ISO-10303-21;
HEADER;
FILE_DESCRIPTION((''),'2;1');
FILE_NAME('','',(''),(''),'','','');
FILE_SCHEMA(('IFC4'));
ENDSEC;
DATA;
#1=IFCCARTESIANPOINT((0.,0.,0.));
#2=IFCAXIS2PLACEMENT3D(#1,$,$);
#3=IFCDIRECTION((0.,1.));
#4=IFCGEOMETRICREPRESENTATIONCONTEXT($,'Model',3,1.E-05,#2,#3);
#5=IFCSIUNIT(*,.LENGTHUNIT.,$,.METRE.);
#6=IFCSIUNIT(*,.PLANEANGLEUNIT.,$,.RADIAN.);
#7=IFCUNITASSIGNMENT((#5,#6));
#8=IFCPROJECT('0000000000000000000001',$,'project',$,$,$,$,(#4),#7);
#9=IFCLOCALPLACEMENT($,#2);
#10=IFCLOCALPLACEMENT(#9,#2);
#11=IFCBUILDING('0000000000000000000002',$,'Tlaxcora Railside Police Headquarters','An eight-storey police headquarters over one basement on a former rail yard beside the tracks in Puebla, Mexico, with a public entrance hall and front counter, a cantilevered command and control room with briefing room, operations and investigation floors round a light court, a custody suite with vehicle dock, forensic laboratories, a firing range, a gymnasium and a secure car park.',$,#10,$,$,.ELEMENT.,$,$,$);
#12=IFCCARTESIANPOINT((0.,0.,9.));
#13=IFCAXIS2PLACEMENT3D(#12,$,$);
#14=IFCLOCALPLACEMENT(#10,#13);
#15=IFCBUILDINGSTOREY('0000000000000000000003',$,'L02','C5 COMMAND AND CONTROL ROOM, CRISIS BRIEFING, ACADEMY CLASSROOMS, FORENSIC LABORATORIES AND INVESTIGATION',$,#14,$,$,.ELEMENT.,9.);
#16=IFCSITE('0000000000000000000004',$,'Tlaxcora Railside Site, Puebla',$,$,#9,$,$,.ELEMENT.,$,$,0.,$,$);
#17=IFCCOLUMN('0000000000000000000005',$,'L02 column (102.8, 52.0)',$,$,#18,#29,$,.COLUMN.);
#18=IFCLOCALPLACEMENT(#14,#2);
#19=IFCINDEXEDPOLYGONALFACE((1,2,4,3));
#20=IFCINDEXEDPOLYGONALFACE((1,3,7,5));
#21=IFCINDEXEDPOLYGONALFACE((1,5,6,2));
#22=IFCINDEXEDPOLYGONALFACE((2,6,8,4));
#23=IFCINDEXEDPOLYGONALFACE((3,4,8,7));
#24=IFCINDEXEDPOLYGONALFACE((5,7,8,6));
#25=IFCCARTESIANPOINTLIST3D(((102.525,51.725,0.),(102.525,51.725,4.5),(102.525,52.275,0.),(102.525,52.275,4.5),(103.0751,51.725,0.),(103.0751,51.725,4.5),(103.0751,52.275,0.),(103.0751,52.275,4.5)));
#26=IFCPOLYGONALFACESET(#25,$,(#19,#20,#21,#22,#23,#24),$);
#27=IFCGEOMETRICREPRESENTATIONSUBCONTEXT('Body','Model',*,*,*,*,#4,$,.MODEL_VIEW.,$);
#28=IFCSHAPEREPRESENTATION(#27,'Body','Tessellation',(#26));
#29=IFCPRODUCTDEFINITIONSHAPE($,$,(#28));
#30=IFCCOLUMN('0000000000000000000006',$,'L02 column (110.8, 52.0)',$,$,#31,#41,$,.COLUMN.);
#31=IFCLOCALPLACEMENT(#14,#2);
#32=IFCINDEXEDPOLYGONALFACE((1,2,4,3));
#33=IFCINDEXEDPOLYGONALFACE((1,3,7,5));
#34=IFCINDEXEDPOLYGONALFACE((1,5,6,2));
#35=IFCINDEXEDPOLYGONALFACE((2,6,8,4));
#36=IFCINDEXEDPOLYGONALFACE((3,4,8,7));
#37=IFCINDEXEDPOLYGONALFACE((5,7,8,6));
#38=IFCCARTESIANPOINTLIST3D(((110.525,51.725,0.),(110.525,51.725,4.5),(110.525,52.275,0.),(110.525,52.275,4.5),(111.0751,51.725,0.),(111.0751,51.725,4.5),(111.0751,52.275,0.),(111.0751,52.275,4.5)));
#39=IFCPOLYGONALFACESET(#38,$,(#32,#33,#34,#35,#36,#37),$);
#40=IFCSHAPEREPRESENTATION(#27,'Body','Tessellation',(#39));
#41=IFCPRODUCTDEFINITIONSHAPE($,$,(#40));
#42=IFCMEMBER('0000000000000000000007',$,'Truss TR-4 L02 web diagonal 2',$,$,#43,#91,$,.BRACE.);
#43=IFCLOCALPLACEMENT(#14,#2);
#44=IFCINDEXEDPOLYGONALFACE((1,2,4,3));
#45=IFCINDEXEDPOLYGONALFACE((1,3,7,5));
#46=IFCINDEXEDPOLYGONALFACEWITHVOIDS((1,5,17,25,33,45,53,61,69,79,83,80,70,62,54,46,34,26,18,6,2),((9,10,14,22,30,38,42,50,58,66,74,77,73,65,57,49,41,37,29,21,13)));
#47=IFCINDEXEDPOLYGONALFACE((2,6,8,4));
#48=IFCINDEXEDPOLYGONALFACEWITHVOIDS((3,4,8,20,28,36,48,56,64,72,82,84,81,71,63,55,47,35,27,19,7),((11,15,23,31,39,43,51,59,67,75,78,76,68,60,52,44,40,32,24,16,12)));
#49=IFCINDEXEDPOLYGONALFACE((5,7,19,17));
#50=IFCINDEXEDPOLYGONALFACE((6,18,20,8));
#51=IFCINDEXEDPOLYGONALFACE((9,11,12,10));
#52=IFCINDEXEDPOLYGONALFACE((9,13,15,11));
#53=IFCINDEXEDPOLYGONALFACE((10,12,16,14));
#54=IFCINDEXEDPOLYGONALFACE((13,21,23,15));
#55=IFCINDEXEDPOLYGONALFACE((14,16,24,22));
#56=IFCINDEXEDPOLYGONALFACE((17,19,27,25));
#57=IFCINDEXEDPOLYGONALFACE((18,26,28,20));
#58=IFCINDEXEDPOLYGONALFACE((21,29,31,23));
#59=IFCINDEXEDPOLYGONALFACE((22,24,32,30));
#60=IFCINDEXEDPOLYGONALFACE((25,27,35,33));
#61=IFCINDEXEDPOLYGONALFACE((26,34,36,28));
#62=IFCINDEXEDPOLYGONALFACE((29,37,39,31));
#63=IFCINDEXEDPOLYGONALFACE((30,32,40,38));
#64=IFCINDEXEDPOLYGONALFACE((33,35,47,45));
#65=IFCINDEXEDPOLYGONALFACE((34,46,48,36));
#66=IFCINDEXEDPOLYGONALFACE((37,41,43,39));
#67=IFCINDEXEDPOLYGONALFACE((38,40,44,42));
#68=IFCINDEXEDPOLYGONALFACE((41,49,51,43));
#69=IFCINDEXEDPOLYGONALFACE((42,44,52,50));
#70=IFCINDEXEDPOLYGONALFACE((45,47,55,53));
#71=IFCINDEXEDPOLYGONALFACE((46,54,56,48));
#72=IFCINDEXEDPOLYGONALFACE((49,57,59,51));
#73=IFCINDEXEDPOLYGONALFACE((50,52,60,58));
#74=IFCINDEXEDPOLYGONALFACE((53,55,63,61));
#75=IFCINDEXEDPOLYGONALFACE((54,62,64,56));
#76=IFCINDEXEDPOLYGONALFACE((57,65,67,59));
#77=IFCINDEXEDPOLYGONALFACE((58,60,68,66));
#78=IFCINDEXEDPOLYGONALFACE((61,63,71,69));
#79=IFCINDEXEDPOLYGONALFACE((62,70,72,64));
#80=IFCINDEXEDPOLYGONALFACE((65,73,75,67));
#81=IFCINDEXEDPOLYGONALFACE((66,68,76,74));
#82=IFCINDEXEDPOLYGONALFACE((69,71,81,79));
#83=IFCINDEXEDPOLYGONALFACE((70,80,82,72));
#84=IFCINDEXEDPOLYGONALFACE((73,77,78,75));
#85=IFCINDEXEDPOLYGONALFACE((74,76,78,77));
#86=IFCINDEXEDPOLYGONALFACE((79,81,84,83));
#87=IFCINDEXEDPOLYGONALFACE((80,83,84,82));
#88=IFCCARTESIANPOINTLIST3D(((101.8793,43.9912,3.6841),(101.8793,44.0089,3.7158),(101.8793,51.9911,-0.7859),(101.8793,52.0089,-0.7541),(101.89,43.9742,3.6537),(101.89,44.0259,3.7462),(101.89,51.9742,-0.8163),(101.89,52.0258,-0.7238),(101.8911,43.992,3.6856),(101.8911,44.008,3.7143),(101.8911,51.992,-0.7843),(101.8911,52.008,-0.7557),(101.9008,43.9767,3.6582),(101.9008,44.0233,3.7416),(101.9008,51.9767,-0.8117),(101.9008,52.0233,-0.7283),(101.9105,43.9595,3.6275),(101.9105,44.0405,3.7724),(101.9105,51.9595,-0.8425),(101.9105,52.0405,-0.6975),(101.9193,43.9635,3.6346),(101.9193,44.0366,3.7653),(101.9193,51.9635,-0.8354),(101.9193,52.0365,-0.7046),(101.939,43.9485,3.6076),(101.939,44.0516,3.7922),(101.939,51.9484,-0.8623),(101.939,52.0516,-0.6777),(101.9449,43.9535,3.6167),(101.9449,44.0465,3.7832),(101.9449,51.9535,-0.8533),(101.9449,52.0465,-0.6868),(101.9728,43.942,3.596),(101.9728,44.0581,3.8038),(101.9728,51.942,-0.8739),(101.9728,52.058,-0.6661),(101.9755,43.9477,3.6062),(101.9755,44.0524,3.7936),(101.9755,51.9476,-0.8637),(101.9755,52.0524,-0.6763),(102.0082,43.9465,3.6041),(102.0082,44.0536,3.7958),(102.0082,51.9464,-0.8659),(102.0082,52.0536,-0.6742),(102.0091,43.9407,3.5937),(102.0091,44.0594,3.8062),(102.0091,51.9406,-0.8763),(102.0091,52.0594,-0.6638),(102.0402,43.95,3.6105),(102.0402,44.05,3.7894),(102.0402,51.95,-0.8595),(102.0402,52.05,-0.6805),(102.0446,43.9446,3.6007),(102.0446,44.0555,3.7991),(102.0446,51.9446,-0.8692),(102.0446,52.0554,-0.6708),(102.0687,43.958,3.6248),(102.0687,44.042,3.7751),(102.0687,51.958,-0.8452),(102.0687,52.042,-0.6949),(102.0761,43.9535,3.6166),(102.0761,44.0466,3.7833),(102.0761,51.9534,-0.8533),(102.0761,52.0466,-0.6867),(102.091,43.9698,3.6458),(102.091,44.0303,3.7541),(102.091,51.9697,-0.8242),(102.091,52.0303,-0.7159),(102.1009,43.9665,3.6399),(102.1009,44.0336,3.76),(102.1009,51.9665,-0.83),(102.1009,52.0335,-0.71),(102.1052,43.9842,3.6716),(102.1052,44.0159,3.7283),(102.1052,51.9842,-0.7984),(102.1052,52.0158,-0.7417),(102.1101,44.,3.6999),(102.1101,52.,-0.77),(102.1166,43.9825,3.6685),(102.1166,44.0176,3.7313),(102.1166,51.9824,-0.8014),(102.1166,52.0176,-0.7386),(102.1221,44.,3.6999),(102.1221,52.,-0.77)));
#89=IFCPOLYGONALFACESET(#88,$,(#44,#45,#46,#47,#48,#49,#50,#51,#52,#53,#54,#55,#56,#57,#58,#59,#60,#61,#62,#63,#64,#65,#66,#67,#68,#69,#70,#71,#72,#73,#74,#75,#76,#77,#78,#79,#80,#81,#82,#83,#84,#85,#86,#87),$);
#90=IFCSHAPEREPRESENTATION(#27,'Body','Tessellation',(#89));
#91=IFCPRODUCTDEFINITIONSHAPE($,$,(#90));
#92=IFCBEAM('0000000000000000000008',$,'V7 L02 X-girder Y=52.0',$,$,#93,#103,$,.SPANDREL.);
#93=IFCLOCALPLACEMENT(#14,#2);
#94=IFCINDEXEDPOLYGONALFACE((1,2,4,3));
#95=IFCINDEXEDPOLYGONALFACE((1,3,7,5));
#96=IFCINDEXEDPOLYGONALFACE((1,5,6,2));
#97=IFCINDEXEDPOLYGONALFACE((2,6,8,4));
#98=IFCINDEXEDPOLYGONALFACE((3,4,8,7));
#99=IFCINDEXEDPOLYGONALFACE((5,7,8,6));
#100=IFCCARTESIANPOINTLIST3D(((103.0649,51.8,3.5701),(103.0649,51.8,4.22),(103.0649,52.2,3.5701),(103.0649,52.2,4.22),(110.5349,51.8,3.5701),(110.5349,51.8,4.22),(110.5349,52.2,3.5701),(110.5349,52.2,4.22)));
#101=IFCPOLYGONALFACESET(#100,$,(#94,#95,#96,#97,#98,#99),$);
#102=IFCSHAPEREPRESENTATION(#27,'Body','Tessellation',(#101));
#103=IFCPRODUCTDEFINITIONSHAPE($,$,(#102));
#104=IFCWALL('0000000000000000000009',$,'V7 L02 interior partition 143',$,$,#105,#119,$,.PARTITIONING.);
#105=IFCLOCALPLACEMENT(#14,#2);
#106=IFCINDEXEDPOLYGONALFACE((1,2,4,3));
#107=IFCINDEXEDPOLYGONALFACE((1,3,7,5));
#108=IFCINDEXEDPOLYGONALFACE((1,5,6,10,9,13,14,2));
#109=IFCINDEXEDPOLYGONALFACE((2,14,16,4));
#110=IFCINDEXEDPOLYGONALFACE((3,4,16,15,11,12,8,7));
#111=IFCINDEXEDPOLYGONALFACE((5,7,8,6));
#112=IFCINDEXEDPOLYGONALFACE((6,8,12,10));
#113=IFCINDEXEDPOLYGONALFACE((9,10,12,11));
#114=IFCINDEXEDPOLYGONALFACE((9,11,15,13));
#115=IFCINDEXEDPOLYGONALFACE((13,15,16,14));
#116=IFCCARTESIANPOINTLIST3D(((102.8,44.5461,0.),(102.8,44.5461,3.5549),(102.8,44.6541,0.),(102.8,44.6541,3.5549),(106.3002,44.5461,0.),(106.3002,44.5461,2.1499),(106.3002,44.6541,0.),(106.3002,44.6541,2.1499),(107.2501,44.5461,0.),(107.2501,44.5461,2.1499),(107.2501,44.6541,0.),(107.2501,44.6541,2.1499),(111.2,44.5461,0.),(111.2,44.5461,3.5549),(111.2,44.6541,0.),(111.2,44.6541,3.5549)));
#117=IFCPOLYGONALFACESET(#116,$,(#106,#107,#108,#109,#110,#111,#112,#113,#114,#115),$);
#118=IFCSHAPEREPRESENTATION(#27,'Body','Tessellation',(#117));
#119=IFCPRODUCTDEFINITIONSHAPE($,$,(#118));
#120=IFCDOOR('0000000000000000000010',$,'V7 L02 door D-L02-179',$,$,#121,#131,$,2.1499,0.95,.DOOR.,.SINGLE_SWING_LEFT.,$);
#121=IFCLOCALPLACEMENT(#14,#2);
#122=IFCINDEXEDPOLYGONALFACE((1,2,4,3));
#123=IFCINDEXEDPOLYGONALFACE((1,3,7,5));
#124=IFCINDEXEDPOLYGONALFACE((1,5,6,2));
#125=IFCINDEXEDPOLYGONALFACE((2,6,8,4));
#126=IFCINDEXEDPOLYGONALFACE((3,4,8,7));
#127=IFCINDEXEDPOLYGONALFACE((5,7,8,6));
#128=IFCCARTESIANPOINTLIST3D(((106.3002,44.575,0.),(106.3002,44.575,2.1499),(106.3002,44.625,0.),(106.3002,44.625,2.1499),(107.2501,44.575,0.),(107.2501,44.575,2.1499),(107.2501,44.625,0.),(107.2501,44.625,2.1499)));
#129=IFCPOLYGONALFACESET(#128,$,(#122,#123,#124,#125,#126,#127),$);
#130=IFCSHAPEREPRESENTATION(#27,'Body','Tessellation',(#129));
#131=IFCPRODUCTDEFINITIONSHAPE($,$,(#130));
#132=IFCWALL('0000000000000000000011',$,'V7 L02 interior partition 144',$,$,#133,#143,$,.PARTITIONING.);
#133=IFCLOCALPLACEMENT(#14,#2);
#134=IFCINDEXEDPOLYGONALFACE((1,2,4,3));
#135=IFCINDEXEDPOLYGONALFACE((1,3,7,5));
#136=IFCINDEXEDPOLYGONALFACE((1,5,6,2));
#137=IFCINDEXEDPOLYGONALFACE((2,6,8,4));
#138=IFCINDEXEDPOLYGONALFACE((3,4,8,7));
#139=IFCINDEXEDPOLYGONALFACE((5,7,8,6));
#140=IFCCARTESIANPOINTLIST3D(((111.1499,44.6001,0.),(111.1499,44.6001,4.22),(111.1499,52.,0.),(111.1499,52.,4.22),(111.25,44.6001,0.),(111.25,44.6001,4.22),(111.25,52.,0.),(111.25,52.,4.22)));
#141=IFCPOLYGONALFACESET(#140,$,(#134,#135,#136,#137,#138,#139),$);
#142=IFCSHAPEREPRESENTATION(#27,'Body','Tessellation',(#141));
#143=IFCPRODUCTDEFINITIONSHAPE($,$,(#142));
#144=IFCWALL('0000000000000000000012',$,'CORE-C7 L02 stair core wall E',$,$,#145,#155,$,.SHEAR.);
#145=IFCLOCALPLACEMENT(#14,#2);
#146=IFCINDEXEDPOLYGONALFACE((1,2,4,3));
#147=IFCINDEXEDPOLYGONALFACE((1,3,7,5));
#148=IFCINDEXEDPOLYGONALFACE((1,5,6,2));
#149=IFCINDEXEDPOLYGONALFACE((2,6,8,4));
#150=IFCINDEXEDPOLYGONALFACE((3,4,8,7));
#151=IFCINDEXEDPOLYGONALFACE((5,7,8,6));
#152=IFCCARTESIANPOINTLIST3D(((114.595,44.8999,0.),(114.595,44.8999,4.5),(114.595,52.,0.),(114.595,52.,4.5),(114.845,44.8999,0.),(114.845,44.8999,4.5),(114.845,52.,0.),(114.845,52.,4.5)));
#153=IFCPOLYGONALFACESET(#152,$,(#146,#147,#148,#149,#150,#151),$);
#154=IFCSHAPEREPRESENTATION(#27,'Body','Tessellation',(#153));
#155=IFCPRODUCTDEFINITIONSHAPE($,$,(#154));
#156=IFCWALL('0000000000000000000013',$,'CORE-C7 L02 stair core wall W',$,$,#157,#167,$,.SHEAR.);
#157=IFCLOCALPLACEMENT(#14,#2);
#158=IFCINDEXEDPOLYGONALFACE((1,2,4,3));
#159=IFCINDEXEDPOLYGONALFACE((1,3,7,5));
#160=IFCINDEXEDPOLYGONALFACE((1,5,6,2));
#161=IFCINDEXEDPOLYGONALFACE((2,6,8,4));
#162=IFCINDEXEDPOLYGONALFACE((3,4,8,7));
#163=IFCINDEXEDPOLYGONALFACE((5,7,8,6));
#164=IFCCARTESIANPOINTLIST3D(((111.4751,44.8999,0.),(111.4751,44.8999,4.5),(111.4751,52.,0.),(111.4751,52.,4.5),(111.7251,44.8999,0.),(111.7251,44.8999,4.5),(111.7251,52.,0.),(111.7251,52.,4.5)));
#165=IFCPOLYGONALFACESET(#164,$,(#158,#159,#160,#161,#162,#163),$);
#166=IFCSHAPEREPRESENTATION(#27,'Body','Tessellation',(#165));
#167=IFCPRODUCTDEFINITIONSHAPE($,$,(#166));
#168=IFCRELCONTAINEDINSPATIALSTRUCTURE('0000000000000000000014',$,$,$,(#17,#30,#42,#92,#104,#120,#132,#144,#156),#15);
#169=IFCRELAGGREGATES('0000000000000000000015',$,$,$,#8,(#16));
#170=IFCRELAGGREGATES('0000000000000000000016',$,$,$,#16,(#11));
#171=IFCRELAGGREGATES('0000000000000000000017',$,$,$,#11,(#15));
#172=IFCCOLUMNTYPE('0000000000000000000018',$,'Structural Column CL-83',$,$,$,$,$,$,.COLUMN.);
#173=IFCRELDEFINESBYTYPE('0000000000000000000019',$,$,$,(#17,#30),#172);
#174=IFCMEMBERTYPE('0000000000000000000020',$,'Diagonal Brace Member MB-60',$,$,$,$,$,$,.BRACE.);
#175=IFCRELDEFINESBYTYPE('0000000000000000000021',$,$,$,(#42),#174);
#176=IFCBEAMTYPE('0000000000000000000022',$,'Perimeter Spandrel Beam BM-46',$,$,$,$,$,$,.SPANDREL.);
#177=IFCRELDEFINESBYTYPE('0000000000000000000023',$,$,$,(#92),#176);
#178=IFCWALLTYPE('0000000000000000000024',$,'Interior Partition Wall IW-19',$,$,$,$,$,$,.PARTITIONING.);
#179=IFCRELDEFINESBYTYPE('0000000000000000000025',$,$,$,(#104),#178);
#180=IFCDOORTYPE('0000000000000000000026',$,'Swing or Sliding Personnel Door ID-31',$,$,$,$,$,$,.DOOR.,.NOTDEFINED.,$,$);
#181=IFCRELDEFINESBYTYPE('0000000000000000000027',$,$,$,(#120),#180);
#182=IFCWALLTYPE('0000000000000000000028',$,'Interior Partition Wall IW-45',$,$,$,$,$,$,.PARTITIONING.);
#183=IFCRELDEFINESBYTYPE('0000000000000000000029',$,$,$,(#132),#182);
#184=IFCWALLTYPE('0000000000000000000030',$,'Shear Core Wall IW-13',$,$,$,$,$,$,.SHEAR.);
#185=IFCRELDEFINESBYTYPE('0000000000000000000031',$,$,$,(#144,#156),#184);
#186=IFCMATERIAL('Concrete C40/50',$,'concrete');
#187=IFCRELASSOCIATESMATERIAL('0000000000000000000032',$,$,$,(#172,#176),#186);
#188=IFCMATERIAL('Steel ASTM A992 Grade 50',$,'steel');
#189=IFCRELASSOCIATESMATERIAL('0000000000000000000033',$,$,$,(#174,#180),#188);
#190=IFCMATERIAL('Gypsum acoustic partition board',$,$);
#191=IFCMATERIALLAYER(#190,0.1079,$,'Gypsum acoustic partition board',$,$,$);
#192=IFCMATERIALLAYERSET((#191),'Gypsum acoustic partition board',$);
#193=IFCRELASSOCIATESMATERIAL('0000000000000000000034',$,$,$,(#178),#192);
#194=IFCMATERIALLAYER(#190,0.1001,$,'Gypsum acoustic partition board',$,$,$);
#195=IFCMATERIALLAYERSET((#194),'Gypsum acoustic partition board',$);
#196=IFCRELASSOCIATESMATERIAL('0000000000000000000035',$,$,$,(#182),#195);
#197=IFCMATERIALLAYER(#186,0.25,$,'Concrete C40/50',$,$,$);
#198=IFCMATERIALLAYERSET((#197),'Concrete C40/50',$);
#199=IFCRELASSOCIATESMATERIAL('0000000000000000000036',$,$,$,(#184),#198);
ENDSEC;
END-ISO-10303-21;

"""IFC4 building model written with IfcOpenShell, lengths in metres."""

from ifc_helpers import new_model, si_unit, direction, frame, frame_2d, origin, origin_2d, place, context, subcontext, project, spatial, rectangle, hollow_circle, extrude, material, layer, layer_set, material_profile, profile_set, type_object, element, fill, save


model = new_model("IFC4")

# Units and contexts
model_context = context("Model", 3, precision=1e-05, world=origin(), true_north=direction((0.0, 1.0)))
body_context = subcontext(model_context, "Body", "Model", "MODEL_VIEW")
ifc_project = project(units=[si_unit("LENGTHUNIT", "METRE"), si_unit("PLANEANGLEUNIT", "RADIAN")], contexts=[model_context])

# Site, building, storey
site_placement = place(None, origin())
site = spatial("IfcSite", under=ifc_project, at=site_placement, Name="Tlaxcora Railside Site, Puebla", CompositionType="ELEMENT", RefElevation=0.0)
building_placement = place(site_placement, origin())
building = spatial("IfcBuilding", under=site, at=building_placement, Name="Tlaxcora Railside Police Headquarters", Description="An eight-storey police headquarters over one basement on a former rail yard beside the tracks in Puebla, Mexico, with a public entrance hall and front counter, a cantilevered command and control room with briefing room, operations and investigation floors round a light court, a custody suite with vehicle dock, forensic laboratories, a firing range, a gymnasium and a secure car park.", CompositionType="ELEMENT")
storey_placement = place(building_placement, frame((0.0, 0.0, 9.0)))
storey = spatial("IfcBuildingStorey", under=building, at=storey_placement, Name="L02", Description="C5 COMMAND AND CONTROL ROOM, CRISIS BRIEFING, ACADEMY CLASSROOMS, FORENSIC LABORATORIES AND INVESTIGATION", CompositionType="ELEMENT", Elevation=9.0)

# Columns
ifc_material_1 = material(Name="Concrete C40/50", Category="concrete")
ifc_material_profile_1 = material_profile(ifc_material_1, rectangle(XDim=0.55, YDim=0.55, at=origin_2d()), Name="RC550X550")
ifc_profile_set_1 = profile_set([ifc_material_profile_1], Name="Concrete C40/50")
column_type = type_object("IfcColumnType", Name="Structural Column CL-83", PredefinedType="COLUMN", material=ifc_profile_set_1)
for number, where, z_axis, x_axis, name in (
    (1, (102.8, 52.0, 0.0), (0.0, 0.0, 1.0), (1.0, 0.0, 0.0), "L02 column (102.8, 52.0)"),
    (2, (110.8, 52.0, 0.0), (0.0, 0.0, 1.0), (1.0, 0.0, 0.0), "L02 column (110.8, 52.0)"),
):
    element("IfcColumn", number, at=place(storey_placement, frame(where, z_axis=z_axis, x_axis=x_axis)), inside=storey, type_object=column_type, Name=name, PredefinedType="COLUMN", context=body_context, shape_type="SweptSolid", body=[
        extrude(rectangle(XDim=0.55, YDim=0.55, at=origin_2d()), origin(), (0.0, 0.0, 1.0), 4.5),
    ])

# Member
ifc_material_2 = material(Name="Steel ASTM A992 Grade 50", Category="steel")
ifc_material_profile_2 = material_profile(ifc_material_2, hollow_circle(Radius=0.1221, WallThickness=0.012, at=origin_2d()), Name="CHS244X12")
ifc_profile_set_2 = profile_set([ifc_material_profile_2], Name="Steel ASTM A992 Grade 50")
member_type = type_object("IfcMemberType", Name="Diagonal Brace Member MB-60", PredefinedType="BRACE", material=ifc_profile_set_2)
member_placement = place(storey_placement, frame((102.0, 52.0, -0.77), z_axis=(0.0, -0.872972, 0.48777), x_axis=(1.0, 0.0, 0.0)))
element("IfcMember", 3, at=member_placement, inside=storey, type_object=member_type, Name="Truss TR-4 L02 web diagonal 2", PredefinedType="BRACE", context=body_context, shape_type="SweptSolid", body=[
    extrude(hollow_circle(Radius=0.1221, WallThickness=0.012, at=origin_2d()), origin(), (0.0, 0.0, 1.0), 9.1641),
])

# Beam
ifc_material_profile_3 = material_profile(ifc_material_1, rectangle(XDim=0.3999, YDim=0.6499, at=origin_2d()), Name="RC400X650")
ifc_profile_set_3 = profile_set([ifc_material_profile_3], Name="Concrete C40/50")
beam_type = type_object("IfcBeamType", Name="Perimeter Spandrel Beam BM-46", PredefinedType="SPANDREL", material=ifc_profile_set_3)
beam_placement = place(storey_placement, frame((103.0649, 52.0, 3.895), z_axis=(1.0, 0.0, 0.0), x_axis=(0.0, 1.0, 0.0)))
element("IfcBeam", 4, at=beam_placement, inside=storey, type_object=beam_type, Name="V7 L02 X-girder Y=52.0", PredefinedType="SPANDREL", context=body_context, shape_type="SweptSolid", body=[
    extrude(rectangle(XDim=0.3999, YDim=0.6499, at=origin_2d()), origin(), (0.0, 0.0, 1.0), 7.47),
])

# Wall, opening, door
ifc_material_3 = material(Name="Gypsum acoustic partition board")
ifc_layer_1 = layer(ifc_material_3, 0.1079, Name="Gypsum acoustic partition board")
ifc_layer_set_1 = layer_set([ifc_layer_1], Name="Gypsum acoustic partition board")
wall_type_1 = type_object("IfcWallType", Name="Interior Partition Wall IW-19", PredefinedType="PARTITIONING", material=ifc_layer_set_1)
wall_1_placement = place(storey_placement, frame((102.8, 44.6001, 0.0), z_axis=(0.0, 0.0, 1.0), x_axis=(1.0, 0.0, 0.0)))
wall_1 = element("IfcWall", 5, at=wall_1_placement, inside=storey, type_object=wall_type_1, Name="V7 L02 interior partition 143", PredefinedType="PARTITIONING", context=body_context, shape_type="SweptSolid", body=[
    extrude(rectangle(XDim=8.3999, YDim=0.1079, at=frame_2d((4.2, 0.0))), origin(), (0.0, 0.0, 1.0), 3.5549),
])
opening_1_placement = place(wall_1_placement, frame((3.5, 0.0, 0.0)))
opening_1 = element("IfcOpeningElement", 6, at=opening_1_placement, cuts=wall_1, PredefinedType="OPENING", context=body_context, shape_type="SweptSolid", body=[
    extrude(rectangle(XDim=0.95, YDim=2.1499, at=frame_2d((0.4751, 1.075))), frame((0.0, 0.064, 0.0), z_axis=(0.0, -1.0, 0.0), x_axis=(1.0, 0.0, 0.0)), (0.0, 0.0, 1.0), 0.1279),
])
door_type_1 = type_object("IfcDoorType", Name="Swing or Sliding Personnel Door ID-31", OperationType="NOTDEFINED", PredefinedType="DOOR", material=ifc_material_2)
door_1_placement = place(opening_1_placement, origin())
door_1 = element("IfcDoor", 7, at=door_1_placement, inside=storey, type_object=door_type_1, Name="V7 L02 door D-L02-179", OperationType="SINGLE_SWING_LEFT", OverallHeight=2.1499, OverallWidth=0.95, PredefinedType="DOOR", context=body_context, shape_type="SweptSolid", body=[
    extrude(rectangle(XDim=0.95, YDim=2.1499, at=frame_2d((0.4751, 1.075))), frame((0.0, 0.0249, 0.0), z_axis=(0.0, -1.0, 0.0), x_axis=(1.0, 0.0, 0.0)), (0.0, 0.0, 1.0), 0.05),
])
fill(opening_1, door_1)

# Wall
ifc_layer_2 = layer(ifc_material_3, 0.1001, Name="Gypsum acoustic partition board")
ifc_layer_set_2 = layer_set([ifc_layer_2], Name="Gypsum acoustic partition board")
wall_type_2 = type_object("IfcWallType", Name="Interior Partition Wall IW-45", PredefinedType="PARTITIONING", material=ifc_layer_set_2)
wall_2_placement = place(storey_placement, frame((111.2, 44.6001, 0.0), z_axis=(0.0, 0.0, 1.0), x_axis=(0.0, 1.0, 0.0)))
element("IfcWall", 8, at=wall_2_placement, inside=storey, type_object=wall_type_2, Name="V7 L02 interior partition 144", PredefinedType="PARTITIONING", context=body_context, shape_type="SweptSolid", body=[
    extrude(rectangle(XDim=7.3999, YDim=0.1001, at=frame_2d((3.7, 0.0))), origin(), (0.0, 0.0, 1.0), 4.22),
])

# Shared definitions
ifc_layer_3 = layer(ifc_material_1, 0.25, Name="Concrete C40/50")
ifc_layer_set_3 = layer_set([ifc_layer_3], Name="Concrete C40/50")
wall_type_3 = type_object("IfcWallType", Name="Shear Core Wall IW-13", PredefinedType="SHEAR", material=ifc_layer_set_3)

# Walls
for number, where, z_axis, x_axis, name in (
    (9, (114.72, 44.8999, 0.0), (0.0, 0.0, 1.0), (0.0, 1.0, 0.0), "CORE-C7 L02 stair core wall E"),
    (10, (111.6001, 52.0, 0.0), (0.0, 0.0, 1.0), (0.0, -1.0, 0.0), "CORE-C7 L02 stair core wall W"),
):
    element("IfcWall", number, at=place(storey_placement, frame(where, z_axis=z_axis, x_axis=x_axis)), inside=storey, type_object=wall_type_3, Name=name, PredefinedType="SHEAR", context=body_context, shape_type="SweptSolid", body=[
        extrude(rectangle(XDim=7.1001, YDim=0.25, at=frame_2d((3.55, 0.0))), origin(), (0.0, 0.0, 1.0), 4.5),
    ])

save(model, "model.ifc")
